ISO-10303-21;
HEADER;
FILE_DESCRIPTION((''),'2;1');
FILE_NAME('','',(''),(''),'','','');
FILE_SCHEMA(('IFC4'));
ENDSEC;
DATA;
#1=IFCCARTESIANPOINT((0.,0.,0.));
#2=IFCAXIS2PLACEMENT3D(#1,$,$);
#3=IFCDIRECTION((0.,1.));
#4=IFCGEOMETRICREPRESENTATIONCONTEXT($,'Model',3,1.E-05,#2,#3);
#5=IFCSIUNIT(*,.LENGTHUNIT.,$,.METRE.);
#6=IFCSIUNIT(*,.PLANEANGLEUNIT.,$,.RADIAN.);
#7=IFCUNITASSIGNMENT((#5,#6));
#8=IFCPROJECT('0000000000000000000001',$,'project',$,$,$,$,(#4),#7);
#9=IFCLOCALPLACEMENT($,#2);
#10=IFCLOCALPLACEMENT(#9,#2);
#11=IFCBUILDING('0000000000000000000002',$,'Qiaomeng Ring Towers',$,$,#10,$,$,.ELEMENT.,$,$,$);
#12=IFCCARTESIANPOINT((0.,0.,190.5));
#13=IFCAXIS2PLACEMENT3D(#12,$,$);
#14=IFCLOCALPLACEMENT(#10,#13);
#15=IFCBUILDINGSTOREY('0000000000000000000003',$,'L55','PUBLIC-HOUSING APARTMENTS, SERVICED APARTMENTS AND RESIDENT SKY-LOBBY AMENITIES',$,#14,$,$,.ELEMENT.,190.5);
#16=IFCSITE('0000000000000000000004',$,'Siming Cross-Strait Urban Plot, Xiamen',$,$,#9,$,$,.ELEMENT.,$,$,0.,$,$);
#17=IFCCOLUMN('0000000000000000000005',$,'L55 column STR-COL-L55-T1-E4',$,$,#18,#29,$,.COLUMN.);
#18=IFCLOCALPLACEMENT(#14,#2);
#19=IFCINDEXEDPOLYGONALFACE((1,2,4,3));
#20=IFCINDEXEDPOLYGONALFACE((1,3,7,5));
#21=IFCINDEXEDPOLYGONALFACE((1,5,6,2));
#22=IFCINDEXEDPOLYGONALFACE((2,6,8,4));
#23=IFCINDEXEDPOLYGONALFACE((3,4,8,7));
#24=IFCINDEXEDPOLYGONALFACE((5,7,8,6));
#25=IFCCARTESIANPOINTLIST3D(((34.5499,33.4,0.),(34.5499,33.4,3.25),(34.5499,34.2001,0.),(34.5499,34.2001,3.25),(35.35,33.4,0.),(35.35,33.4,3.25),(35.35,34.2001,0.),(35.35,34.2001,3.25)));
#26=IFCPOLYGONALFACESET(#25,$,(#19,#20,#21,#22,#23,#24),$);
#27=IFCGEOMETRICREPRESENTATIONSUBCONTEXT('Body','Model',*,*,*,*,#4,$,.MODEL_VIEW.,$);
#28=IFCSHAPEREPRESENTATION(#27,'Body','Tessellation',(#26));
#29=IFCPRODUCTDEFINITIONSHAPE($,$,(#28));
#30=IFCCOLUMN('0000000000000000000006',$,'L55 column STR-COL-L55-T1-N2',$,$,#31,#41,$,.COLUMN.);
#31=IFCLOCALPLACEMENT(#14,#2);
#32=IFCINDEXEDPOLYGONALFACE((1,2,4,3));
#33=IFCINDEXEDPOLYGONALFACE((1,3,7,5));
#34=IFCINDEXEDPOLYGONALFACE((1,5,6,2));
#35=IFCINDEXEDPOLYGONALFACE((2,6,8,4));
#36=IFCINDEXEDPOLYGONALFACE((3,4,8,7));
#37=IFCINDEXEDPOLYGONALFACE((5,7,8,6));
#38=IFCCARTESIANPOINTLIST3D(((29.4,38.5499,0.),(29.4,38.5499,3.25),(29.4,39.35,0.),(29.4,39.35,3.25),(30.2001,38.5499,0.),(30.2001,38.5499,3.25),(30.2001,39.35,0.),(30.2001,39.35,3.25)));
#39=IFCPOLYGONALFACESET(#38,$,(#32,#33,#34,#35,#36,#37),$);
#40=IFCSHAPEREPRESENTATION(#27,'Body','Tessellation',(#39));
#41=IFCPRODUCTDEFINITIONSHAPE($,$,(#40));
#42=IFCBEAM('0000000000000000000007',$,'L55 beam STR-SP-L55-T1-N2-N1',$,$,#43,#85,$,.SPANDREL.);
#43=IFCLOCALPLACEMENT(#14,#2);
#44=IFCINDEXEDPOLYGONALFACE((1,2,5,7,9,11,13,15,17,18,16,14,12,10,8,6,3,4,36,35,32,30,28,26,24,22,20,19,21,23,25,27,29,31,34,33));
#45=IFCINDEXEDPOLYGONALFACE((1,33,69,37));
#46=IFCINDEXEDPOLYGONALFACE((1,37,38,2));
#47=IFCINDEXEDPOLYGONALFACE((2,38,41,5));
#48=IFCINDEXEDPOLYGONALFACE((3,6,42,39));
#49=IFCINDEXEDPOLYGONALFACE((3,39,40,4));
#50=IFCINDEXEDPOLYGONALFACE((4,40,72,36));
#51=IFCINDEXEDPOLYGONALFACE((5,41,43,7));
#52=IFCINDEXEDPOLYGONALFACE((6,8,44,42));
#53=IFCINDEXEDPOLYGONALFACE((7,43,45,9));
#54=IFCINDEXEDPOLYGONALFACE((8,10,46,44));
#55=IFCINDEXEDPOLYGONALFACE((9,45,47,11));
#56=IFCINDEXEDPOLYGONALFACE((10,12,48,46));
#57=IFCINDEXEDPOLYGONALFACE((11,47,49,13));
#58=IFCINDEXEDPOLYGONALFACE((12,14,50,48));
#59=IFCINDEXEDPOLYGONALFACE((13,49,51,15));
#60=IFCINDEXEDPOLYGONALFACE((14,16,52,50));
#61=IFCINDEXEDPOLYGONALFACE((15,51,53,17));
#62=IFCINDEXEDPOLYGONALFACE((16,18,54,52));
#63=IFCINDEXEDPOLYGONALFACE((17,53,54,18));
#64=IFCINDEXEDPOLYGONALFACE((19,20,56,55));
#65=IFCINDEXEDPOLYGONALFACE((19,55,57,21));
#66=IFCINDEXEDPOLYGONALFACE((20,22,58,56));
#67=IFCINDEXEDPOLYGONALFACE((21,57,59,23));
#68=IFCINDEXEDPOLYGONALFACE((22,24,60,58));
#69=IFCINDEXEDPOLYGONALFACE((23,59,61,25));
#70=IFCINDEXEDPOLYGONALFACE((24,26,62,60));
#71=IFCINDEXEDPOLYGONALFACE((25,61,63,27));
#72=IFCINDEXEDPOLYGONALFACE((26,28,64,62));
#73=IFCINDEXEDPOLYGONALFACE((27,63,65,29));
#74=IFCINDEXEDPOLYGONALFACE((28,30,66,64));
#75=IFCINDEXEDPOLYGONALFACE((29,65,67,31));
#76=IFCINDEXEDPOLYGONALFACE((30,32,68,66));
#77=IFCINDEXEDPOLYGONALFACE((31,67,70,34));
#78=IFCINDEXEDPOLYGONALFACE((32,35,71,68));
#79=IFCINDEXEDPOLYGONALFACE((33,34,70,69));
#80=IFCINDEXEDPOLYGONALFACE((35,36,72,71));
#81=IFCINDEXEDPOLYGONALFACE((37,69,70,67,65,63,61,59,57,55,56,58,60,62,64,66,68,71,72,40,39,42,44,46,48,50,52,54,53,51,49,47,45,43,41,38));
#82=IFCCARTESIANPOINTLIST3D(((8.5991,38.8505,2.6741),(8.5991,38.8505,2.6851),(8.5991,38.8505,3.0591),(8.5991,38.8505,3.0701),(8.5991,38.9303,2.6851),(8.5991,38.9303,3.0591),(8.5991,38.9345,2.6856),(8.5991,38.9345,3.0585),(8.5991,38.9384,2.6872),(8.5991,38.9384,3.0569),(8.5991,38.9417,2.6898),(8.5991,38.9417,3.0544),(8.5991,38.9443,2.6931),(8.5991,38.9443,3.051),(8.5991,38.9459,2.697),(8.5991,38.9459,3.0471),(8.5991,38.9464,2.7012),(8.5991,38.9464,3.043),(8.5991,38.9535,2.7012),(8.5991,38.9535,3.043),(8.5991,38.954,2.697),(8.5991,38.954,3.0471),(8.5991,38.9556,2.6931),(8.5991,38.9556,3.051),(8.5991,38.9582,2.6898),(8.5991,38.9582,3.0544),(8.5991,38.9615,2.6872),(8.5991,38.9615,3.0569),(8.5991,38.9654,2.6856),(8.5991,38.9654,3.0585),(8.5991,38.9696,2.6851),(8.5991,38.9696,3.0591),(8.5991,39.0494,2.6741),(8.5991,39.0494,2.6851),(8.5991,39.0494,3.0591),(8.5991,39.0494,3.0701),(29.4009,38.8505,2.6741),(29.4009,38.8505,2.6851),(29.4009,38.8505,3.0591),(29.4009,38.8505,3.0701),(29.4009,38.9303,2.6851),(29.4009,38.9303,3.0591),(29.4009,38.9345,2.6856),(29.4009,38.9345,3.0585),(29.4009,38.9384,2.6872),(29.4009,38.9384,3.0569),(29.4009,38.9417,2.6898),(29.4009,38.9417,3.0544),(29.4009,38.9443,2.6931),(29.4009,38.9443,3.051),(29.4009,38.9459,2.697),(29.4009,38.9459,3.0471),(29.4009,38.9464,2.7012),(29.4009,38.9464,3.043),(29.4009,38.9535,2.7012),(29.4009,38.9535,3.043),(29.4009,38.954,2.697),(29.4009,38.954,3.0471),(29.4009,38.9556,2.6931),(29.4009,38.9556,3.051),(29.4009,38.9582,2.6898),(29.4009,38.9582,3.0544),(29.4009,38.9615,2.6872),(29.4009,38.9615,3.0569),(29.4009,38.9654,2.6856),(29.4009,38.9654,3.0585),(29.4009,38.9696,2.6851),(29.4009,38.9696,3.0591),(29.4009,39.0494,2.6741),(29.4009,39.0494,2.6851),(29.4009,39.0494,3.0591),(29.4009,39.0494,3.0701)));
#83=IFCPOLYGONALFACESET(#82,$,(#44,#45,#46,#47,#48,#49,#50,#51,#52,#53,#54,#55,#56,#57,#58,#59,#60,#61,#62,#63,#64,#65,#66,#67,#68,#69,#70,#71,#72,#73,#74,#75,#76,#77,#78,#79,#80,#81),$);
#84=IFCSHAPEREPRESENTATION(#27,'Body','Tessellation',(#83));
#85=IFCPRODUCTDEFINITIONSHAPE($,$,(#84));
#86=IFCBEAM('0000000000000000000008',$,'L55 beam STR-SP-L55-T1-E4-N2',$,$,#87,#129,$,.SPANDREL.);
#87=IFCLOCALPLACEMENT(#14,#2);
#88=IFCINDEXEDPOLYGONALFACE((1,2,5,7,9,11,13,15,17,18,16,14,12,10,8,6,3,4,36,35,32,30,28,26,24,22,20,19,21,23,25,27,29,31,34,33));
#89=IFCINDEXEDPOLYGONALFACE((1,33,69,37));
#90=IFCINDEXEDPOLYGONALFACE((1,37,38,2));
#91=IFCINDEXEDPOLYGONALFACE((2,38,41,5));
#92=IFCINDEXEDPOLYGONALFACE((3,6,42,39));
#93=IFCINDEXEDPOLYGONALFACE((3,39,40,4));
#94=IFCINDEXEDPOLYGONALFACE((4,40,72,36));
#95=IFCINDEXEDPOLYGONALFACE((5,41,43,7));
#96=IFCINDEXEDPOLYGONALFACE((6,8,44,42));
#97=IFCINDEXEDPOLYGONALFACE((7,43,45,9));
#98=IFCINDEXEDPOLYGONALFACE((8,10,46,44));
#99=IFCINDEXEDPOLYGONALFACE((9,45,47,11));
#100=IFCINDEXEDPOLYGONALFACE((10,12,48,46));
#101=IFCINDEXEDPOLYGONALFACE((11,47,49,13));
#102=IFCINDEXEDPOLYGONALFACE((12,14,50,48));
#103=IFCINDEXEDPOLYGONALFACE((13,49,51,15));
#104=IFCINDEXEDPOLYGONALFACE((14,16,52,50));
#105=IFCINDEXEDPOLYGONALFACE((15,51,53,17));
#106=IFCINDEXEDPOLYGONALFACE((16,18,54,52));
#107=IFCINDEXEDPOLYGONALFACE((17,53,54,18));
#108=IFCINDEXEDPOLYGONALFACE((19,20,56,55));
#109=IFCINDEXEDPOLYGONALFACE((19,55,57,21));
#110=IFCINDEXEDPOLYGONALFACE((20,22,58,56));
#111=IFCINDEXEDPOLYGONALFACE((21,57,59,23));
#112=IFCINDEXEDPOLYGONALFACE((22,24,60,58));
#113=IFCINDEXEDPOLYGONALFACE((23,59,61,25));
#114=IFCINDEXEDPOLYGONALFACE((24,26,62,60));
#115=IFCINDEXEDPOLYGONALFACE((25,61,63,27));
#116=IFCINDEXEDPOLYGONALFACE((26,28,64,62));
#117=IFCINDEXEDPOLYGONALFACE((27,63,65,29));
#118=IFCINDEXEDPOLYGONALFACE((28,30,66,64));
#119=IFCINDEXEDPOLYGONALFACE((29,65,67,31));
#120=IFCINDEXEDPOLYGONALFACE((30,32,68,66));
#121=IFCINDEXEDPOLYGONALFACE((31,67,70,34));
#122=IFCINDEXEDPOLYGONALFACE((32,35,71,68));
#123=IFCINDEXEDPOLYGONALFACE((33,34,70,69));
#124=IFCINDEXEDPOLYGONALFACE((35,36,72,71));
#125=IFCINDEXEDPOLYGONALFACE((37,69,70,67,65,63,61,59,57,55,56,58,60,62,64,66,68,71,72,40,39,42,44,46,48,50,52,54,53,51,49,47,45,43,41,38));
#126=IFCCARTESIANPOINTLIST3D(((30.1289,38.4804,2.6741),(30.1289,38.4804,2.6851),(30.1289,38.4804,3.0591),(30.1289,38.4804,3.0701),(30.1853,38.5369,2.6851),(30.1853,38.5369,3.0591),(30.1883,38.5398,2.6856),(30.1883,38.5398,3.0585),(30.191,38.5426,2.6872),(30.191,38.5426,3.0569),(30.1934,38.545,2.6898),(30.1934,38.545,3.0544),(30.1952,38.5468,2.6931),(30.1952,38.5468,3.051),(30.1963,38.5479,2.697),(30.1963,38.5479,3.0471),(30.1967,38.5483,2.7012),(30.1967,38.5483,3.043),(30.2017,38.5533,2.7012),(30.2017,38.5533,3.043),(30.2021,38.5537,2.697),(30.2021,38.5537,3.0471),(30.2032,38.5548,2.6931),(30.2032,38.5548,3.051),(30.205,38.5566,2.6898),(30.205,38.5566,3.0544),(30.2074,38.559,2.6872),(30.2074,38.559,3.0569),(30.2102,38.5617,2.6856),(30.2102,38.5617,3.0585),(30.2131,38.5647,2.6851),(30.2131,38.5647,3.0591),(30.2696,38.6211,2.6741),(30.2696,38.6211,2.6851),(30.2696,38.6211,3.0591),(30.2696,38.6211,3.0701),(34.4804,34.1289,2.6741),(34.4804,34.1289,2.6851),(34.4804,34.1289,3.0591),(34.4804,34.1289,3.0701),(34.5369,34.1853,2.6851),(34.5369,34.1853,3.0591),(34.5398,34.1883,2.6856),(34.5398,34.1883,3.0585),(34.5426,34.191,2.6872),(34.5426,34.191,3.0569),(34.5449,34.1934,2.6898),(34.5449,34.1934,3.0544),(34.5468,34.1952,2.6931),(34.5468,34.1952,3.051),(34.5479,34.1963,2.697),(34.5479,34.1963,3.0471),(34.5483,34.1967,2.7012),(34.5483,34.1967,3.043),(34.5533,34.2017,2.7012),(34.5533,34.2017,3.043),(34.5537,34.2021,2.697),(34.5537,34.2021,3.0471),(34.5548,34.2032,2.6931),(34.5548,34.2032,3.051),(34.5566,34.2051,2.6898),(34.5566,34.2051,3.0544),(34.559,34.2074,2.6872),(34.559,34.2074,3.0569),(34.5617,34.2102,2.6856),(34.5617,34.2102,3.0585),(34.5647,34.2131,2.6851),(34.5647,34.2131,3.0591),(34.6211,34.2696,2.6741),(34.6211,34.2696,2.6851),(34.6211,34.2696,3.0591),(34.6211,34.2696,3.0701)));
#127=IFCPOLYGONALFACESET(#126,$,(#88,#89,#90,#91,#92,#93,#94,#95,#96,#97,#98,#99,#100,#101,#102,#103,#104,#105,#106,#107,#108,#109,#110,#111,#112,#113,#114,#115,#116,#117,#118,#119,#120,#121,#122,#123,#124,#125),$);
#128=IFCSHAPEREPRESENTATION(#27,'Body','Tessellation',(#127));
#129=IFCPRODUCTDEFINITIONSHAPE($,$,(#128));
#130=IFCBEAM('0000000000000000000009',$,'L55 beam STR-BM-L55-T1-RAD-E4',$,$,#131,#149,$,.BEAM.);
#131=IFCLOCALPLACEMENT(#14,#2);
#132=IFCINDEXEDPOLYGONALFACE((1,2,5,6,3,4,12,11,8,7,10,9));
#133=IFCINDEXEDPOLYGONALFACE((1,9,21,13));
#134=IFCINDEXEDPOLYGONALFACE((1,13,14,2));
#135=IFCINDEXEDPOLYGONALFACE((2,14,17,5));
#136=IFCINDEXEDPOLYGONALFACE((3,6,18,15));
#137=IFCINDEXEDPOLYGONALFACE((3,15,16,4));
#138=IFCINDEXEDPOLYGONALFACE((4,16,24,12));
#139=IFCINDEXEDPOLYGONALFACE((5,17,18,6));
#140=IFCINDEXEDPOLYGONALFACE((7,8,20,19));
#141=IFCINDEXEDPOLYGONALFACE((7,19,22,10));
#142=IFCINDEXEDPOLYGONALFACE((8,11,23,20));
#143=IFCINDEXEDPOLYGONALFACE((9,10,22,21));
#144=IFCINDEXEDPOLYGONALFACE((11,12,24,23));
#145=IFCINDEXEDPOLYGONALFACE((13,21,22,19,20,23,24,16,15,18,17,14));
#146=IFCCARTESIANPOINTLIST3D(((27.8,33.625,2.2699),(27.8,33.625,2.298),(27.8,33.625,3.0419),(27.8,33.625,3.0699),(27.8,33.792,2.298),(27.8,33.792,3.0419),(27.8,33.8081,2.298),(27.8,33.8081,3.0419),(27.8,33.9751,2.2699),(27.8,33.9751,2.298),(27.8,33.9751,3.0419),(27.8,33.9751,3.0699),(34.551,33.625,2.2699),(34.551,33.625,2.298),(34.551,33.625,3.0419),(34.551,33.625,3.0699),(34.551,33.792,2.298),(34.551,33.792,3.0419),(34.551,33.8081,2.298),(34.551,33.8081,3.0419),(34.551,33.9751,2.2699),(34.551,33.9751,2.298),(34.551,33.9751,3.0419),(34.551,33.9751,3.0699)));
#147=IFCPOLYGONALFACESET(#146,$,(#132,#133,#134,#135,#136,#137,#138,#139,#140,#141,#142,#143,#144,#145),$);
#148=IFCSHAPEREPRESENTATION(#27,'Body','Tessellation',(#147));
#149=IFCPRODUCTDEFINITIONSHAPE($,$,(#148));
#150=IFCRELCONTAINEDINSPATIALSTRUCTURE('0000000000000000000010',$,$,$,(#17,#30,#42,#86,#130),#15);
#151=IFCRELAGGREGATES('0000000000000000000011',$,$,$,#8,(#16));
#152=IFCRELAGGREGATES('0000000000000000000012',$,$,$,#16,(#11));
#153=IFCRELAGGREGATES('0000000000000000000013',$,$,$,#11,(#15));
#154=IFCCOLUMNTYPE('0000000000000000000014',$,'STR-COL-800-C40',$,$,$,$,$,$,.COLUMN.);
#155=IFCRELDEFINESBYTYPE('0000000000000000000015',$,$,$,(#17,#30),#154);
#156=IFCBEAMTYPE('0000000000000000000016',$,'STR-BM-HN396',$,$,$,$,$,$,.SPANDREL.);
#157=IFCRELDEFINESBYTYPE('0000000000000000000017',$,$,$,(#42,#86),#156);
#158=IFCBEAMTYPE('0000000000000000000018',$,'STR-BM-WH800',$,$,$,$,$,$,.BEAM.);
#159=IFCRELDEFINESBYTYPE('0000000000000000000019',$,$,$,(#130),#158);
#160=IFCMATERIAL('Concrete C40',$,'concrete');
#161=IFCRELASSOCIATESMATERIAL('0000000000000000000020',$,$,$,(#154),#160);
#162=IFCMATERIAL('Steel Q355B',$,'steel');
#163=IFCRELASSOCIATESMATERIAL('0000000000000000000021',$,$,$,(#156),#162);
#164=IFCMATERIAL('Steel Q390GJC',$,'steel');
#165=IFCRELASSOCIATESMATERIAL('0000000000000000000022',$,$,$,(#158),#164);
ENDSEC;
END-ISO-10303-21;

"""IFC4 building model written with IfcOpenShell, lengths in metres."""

from ifc_helpers import new_model, si_unit, direction, frame, origin, origin_2d, place, context, subcontext, project, spatial, rectangle, i_section, extrude, source, transform, mapped, material, material_profile, profile_set, type_object, element, save


model = new_model("IFC4")

# Units and contexts
model_context = context("Model", 3, precision=1e-05, world=origin(), true_north=direction((0.0, 1.0)))
body_context = subcontext(model_context, "Body", "Model", "MODEL_VIEW")
ifc_project = project(units=[si_unit("LENGTHUNIT", "METRE"), si_unit("PLANEANGLEUNIT", "RADIAN")], contexts=[model_context])

# Site, building, storey
site_placement = place(None, origin())
site = spatial("IfcSite", under=ifc_project, at=site_placement, Name="Siming Cross-Strait Urban Plot, Xiamen", CompositionType="ELEMENT", RefElevation=0.0)
building_placement = place(site_placement, origin())
building = spatial("IfcBuilding", under=site, at=building_placement, Name="Qiaomeng Ring Towers", CompositionType="ELEMENT")
storey_placement = place(building_placement, frame((0.0, 0.0, 190.5)))
storey = spatial("IfcBuildingStorey", under=building, at=storey_placement, Name="L55", Description="PUBLIC-HOUSING APARTMENTS, SERVICED APARTMENTS AND RESIDENT SKY-LOBBY AMENITIES", CompositionType="ELEMENT", Elevation=190.5)

# Columns
ifc_material_1 = material(Name="Concrete C40", Category="concrete")
ifc_material_profile_1 = material_profile(ifc_material_1, rectangle(XDim=0.8, YDim=0.8, at=origin_2d()), Name="RC COL 800x800")
ifc_profile_set_1 = profile_set([ifc_material_profile_1], Name="Concrete C40")
column_type = type_object("IfcColumnType", Name="STR-COL-800-C40", PredefinedType="COLUMN", material=ifc_profile_set_1)
shared_shape_1 = source(origin(), body_context, "Body", "SweptSolid", [
    extrude(rectangle(XDim=0.8, YDim=0.8, at=origin_2d()), origin(), (0.0, 0.0, 1.0), 3.25),
])
for number, where, z_axis, x_axis, name in (
    (1, (34.95, 33.8, 0.0), (0.0, 0.0, 1.0), (1.0, 0.0, 0.0), "L55 column STR-COL-L55-T1-E4"),
    (2, (29.8, 38.95, 0.0), (0.0, 0.0, 1.0), (1.0, 0.0, 0.0), "L55 column STR-COL-L55-T1-N2"),
):
    element("IfcColumn", number, at=place(storey_placement, frame(where, z_axis=z_axis, x_axis=x_axis)), inside=storey, type_object=column_type, Name=name, PredefinedType="COLUMN", context=body_context, shape_type="MappedRepresentation", body=[
        mapped(shared_shape_1, transform((0.0, 0.0, 0.0), x_axis=(1.0, 0.0, 0.0), y_axis=(0.0, 1.0, 0.0), z_axis=(0.0, 0.0, 1.0), scale=1.0)),
    ])

# Beams
ifc_material_2 = material(Name="Steel Q355B", Category="steel")
ifc_material_profile_2 = material_profile(ifc_material_2, i_section(OverallWidth=0.199, OverallDepth=0.396, WebThickness=0.0071, FlangeThickness=0.011, FilletRadius=0.0161, at=origin_2d()), Name="HN 396x199x7x11")
ifc_profile_set_2 = profile_set([ifc_material_profile_2], Name="Steel Q355B")
beam_type_1 = type_object("IfcBeamType", Name="STR-BM-HN396", PredefinedType="SPANDREL", material=ifc_profile_set_2)
shared_shape_2 = source(origin(), body_context, "Body", "SweptSolid", [
    extrude(i_section(OverallWidth=0.199, OverallDepth=0.396, WebThickness=0.0071, FlangeThickness=0.011, FilletRadius=0.0161, at=origin_2d()), origin(), (0.0, 0.0, 1.0), 20.8018),
])
beam_1_placement = place(storey_placement, frame((29.4009, 38.95, 2.8721), z_axis=(-1.0, 0.0, 0.0), x_axis=(0.0, -1.0, 0.0)))
element("IfcBeam", 3, at=beam_1_placement, inside=storey, type_object=beam_type_1, Name="L55 beam STR-SP-L55-T1-N2-N1", PredefinedType="SPANDREL", context=body_context, shape_type="MappedRepresentation", body=[
    mapped(shared_shape_2, transform((0.0, 0.0, 0.0), x_axis=(1.0, 0.0, 0.0), y_axis=(0.0, 1.0, 0.0), z_axis=(0.0, 0.0, 1.0), scale=1.0)),
])
shared_shape_3 = source(origin(), body_context, "Body", "SweptSolid", [
    extrude(i_section(OverallWidth=0.199, OverallDepth=0.396, WebThickness=0.0071, FlangeThickness=0.011, FilletRadius=0.0161, at=origin_2d()), origin(), (0.0, 0.0, 1.0), 6.1541),
])
beam_2_placement = place(storey_placement, frame((34.5508, 34.1992, 2.8721), z_axis=(-0.707107, 0.707107, 0.0), x_axis=(-0.707107, -0.707107, 0.0)))
element("IfcBeam", 4, at=beam_2_placement, inside=storey, type_object=beam_type_1, Name="L55 beam STR-SP-L55-T1-E4-N2", PredefinedType="SPANDREL", context=body_context, shape_type="MappedRepresentation", body=[
    mapped(shared_shape_3, transform((0.0, 0.0, 0.0), x_axis=(1.0, 0.0, 0.0), y_axis=(0.0, 1.0, 0.0), z_axis=(0.0, 0.0, 1.0), scale=1.0)),
])
ifc_material_3 = material(Name="Steel Q390GJC", Category="steel")
ifc_material_profile_3 = material_profile(ifc_material_3, i_section(OverallWidth=0.3501, OverallDepth=0.8, WebThickness=0.0161, FlangeThickness=0.0281, at=origin_2d()), Name="WH 800x350x16x28")
ifc_profile_set_3 = profile_set([ifc_material_profile_3], Name="Steel Q390GJC")
beam_type_2 = type_object("IfcBeamType", Name="STR-BM-WH800", PredefinedType="BEAM", material=ifc_profile_set_3)
shared_shape_4 = source(origin(), body_context, "Body", "SweptSolid", [
    extrude(i_section(OverallWidth=0.3501, OverallDepth=0.8, WebThickness=0.0161, FlangeThickness=0.0281, at=origin_2d()), origin(), (0.0, 0.0, 1.0), 6.751),
])
beam_3_placement = place(storey_placement, frame((27.8, 33.8, 2.6699), z_axis=(1.0, 0.0, 0.0), x_axis=(0.0, 1.0, 0.0)))
element("IfcBeam", 5, at=beam_3_placement, inside=storey, type_object=beam_type_2, Name="L55 beam STR-BM-L55-T1-RAD-E4", PredefinedType="BEAM", context=body_context, shape_type="MappedRepresentation", body=[
    mapped(shared_shape_4, transform((0.0, 0.0, 0.0), x_axis=(1.0, 0.0, 0.0), y_axis=(0.0, 1.0, 0.0), z_axis=(0.0, 0.0, 1.0), scale=1.0)),
])

save(model, "model.ifc")
